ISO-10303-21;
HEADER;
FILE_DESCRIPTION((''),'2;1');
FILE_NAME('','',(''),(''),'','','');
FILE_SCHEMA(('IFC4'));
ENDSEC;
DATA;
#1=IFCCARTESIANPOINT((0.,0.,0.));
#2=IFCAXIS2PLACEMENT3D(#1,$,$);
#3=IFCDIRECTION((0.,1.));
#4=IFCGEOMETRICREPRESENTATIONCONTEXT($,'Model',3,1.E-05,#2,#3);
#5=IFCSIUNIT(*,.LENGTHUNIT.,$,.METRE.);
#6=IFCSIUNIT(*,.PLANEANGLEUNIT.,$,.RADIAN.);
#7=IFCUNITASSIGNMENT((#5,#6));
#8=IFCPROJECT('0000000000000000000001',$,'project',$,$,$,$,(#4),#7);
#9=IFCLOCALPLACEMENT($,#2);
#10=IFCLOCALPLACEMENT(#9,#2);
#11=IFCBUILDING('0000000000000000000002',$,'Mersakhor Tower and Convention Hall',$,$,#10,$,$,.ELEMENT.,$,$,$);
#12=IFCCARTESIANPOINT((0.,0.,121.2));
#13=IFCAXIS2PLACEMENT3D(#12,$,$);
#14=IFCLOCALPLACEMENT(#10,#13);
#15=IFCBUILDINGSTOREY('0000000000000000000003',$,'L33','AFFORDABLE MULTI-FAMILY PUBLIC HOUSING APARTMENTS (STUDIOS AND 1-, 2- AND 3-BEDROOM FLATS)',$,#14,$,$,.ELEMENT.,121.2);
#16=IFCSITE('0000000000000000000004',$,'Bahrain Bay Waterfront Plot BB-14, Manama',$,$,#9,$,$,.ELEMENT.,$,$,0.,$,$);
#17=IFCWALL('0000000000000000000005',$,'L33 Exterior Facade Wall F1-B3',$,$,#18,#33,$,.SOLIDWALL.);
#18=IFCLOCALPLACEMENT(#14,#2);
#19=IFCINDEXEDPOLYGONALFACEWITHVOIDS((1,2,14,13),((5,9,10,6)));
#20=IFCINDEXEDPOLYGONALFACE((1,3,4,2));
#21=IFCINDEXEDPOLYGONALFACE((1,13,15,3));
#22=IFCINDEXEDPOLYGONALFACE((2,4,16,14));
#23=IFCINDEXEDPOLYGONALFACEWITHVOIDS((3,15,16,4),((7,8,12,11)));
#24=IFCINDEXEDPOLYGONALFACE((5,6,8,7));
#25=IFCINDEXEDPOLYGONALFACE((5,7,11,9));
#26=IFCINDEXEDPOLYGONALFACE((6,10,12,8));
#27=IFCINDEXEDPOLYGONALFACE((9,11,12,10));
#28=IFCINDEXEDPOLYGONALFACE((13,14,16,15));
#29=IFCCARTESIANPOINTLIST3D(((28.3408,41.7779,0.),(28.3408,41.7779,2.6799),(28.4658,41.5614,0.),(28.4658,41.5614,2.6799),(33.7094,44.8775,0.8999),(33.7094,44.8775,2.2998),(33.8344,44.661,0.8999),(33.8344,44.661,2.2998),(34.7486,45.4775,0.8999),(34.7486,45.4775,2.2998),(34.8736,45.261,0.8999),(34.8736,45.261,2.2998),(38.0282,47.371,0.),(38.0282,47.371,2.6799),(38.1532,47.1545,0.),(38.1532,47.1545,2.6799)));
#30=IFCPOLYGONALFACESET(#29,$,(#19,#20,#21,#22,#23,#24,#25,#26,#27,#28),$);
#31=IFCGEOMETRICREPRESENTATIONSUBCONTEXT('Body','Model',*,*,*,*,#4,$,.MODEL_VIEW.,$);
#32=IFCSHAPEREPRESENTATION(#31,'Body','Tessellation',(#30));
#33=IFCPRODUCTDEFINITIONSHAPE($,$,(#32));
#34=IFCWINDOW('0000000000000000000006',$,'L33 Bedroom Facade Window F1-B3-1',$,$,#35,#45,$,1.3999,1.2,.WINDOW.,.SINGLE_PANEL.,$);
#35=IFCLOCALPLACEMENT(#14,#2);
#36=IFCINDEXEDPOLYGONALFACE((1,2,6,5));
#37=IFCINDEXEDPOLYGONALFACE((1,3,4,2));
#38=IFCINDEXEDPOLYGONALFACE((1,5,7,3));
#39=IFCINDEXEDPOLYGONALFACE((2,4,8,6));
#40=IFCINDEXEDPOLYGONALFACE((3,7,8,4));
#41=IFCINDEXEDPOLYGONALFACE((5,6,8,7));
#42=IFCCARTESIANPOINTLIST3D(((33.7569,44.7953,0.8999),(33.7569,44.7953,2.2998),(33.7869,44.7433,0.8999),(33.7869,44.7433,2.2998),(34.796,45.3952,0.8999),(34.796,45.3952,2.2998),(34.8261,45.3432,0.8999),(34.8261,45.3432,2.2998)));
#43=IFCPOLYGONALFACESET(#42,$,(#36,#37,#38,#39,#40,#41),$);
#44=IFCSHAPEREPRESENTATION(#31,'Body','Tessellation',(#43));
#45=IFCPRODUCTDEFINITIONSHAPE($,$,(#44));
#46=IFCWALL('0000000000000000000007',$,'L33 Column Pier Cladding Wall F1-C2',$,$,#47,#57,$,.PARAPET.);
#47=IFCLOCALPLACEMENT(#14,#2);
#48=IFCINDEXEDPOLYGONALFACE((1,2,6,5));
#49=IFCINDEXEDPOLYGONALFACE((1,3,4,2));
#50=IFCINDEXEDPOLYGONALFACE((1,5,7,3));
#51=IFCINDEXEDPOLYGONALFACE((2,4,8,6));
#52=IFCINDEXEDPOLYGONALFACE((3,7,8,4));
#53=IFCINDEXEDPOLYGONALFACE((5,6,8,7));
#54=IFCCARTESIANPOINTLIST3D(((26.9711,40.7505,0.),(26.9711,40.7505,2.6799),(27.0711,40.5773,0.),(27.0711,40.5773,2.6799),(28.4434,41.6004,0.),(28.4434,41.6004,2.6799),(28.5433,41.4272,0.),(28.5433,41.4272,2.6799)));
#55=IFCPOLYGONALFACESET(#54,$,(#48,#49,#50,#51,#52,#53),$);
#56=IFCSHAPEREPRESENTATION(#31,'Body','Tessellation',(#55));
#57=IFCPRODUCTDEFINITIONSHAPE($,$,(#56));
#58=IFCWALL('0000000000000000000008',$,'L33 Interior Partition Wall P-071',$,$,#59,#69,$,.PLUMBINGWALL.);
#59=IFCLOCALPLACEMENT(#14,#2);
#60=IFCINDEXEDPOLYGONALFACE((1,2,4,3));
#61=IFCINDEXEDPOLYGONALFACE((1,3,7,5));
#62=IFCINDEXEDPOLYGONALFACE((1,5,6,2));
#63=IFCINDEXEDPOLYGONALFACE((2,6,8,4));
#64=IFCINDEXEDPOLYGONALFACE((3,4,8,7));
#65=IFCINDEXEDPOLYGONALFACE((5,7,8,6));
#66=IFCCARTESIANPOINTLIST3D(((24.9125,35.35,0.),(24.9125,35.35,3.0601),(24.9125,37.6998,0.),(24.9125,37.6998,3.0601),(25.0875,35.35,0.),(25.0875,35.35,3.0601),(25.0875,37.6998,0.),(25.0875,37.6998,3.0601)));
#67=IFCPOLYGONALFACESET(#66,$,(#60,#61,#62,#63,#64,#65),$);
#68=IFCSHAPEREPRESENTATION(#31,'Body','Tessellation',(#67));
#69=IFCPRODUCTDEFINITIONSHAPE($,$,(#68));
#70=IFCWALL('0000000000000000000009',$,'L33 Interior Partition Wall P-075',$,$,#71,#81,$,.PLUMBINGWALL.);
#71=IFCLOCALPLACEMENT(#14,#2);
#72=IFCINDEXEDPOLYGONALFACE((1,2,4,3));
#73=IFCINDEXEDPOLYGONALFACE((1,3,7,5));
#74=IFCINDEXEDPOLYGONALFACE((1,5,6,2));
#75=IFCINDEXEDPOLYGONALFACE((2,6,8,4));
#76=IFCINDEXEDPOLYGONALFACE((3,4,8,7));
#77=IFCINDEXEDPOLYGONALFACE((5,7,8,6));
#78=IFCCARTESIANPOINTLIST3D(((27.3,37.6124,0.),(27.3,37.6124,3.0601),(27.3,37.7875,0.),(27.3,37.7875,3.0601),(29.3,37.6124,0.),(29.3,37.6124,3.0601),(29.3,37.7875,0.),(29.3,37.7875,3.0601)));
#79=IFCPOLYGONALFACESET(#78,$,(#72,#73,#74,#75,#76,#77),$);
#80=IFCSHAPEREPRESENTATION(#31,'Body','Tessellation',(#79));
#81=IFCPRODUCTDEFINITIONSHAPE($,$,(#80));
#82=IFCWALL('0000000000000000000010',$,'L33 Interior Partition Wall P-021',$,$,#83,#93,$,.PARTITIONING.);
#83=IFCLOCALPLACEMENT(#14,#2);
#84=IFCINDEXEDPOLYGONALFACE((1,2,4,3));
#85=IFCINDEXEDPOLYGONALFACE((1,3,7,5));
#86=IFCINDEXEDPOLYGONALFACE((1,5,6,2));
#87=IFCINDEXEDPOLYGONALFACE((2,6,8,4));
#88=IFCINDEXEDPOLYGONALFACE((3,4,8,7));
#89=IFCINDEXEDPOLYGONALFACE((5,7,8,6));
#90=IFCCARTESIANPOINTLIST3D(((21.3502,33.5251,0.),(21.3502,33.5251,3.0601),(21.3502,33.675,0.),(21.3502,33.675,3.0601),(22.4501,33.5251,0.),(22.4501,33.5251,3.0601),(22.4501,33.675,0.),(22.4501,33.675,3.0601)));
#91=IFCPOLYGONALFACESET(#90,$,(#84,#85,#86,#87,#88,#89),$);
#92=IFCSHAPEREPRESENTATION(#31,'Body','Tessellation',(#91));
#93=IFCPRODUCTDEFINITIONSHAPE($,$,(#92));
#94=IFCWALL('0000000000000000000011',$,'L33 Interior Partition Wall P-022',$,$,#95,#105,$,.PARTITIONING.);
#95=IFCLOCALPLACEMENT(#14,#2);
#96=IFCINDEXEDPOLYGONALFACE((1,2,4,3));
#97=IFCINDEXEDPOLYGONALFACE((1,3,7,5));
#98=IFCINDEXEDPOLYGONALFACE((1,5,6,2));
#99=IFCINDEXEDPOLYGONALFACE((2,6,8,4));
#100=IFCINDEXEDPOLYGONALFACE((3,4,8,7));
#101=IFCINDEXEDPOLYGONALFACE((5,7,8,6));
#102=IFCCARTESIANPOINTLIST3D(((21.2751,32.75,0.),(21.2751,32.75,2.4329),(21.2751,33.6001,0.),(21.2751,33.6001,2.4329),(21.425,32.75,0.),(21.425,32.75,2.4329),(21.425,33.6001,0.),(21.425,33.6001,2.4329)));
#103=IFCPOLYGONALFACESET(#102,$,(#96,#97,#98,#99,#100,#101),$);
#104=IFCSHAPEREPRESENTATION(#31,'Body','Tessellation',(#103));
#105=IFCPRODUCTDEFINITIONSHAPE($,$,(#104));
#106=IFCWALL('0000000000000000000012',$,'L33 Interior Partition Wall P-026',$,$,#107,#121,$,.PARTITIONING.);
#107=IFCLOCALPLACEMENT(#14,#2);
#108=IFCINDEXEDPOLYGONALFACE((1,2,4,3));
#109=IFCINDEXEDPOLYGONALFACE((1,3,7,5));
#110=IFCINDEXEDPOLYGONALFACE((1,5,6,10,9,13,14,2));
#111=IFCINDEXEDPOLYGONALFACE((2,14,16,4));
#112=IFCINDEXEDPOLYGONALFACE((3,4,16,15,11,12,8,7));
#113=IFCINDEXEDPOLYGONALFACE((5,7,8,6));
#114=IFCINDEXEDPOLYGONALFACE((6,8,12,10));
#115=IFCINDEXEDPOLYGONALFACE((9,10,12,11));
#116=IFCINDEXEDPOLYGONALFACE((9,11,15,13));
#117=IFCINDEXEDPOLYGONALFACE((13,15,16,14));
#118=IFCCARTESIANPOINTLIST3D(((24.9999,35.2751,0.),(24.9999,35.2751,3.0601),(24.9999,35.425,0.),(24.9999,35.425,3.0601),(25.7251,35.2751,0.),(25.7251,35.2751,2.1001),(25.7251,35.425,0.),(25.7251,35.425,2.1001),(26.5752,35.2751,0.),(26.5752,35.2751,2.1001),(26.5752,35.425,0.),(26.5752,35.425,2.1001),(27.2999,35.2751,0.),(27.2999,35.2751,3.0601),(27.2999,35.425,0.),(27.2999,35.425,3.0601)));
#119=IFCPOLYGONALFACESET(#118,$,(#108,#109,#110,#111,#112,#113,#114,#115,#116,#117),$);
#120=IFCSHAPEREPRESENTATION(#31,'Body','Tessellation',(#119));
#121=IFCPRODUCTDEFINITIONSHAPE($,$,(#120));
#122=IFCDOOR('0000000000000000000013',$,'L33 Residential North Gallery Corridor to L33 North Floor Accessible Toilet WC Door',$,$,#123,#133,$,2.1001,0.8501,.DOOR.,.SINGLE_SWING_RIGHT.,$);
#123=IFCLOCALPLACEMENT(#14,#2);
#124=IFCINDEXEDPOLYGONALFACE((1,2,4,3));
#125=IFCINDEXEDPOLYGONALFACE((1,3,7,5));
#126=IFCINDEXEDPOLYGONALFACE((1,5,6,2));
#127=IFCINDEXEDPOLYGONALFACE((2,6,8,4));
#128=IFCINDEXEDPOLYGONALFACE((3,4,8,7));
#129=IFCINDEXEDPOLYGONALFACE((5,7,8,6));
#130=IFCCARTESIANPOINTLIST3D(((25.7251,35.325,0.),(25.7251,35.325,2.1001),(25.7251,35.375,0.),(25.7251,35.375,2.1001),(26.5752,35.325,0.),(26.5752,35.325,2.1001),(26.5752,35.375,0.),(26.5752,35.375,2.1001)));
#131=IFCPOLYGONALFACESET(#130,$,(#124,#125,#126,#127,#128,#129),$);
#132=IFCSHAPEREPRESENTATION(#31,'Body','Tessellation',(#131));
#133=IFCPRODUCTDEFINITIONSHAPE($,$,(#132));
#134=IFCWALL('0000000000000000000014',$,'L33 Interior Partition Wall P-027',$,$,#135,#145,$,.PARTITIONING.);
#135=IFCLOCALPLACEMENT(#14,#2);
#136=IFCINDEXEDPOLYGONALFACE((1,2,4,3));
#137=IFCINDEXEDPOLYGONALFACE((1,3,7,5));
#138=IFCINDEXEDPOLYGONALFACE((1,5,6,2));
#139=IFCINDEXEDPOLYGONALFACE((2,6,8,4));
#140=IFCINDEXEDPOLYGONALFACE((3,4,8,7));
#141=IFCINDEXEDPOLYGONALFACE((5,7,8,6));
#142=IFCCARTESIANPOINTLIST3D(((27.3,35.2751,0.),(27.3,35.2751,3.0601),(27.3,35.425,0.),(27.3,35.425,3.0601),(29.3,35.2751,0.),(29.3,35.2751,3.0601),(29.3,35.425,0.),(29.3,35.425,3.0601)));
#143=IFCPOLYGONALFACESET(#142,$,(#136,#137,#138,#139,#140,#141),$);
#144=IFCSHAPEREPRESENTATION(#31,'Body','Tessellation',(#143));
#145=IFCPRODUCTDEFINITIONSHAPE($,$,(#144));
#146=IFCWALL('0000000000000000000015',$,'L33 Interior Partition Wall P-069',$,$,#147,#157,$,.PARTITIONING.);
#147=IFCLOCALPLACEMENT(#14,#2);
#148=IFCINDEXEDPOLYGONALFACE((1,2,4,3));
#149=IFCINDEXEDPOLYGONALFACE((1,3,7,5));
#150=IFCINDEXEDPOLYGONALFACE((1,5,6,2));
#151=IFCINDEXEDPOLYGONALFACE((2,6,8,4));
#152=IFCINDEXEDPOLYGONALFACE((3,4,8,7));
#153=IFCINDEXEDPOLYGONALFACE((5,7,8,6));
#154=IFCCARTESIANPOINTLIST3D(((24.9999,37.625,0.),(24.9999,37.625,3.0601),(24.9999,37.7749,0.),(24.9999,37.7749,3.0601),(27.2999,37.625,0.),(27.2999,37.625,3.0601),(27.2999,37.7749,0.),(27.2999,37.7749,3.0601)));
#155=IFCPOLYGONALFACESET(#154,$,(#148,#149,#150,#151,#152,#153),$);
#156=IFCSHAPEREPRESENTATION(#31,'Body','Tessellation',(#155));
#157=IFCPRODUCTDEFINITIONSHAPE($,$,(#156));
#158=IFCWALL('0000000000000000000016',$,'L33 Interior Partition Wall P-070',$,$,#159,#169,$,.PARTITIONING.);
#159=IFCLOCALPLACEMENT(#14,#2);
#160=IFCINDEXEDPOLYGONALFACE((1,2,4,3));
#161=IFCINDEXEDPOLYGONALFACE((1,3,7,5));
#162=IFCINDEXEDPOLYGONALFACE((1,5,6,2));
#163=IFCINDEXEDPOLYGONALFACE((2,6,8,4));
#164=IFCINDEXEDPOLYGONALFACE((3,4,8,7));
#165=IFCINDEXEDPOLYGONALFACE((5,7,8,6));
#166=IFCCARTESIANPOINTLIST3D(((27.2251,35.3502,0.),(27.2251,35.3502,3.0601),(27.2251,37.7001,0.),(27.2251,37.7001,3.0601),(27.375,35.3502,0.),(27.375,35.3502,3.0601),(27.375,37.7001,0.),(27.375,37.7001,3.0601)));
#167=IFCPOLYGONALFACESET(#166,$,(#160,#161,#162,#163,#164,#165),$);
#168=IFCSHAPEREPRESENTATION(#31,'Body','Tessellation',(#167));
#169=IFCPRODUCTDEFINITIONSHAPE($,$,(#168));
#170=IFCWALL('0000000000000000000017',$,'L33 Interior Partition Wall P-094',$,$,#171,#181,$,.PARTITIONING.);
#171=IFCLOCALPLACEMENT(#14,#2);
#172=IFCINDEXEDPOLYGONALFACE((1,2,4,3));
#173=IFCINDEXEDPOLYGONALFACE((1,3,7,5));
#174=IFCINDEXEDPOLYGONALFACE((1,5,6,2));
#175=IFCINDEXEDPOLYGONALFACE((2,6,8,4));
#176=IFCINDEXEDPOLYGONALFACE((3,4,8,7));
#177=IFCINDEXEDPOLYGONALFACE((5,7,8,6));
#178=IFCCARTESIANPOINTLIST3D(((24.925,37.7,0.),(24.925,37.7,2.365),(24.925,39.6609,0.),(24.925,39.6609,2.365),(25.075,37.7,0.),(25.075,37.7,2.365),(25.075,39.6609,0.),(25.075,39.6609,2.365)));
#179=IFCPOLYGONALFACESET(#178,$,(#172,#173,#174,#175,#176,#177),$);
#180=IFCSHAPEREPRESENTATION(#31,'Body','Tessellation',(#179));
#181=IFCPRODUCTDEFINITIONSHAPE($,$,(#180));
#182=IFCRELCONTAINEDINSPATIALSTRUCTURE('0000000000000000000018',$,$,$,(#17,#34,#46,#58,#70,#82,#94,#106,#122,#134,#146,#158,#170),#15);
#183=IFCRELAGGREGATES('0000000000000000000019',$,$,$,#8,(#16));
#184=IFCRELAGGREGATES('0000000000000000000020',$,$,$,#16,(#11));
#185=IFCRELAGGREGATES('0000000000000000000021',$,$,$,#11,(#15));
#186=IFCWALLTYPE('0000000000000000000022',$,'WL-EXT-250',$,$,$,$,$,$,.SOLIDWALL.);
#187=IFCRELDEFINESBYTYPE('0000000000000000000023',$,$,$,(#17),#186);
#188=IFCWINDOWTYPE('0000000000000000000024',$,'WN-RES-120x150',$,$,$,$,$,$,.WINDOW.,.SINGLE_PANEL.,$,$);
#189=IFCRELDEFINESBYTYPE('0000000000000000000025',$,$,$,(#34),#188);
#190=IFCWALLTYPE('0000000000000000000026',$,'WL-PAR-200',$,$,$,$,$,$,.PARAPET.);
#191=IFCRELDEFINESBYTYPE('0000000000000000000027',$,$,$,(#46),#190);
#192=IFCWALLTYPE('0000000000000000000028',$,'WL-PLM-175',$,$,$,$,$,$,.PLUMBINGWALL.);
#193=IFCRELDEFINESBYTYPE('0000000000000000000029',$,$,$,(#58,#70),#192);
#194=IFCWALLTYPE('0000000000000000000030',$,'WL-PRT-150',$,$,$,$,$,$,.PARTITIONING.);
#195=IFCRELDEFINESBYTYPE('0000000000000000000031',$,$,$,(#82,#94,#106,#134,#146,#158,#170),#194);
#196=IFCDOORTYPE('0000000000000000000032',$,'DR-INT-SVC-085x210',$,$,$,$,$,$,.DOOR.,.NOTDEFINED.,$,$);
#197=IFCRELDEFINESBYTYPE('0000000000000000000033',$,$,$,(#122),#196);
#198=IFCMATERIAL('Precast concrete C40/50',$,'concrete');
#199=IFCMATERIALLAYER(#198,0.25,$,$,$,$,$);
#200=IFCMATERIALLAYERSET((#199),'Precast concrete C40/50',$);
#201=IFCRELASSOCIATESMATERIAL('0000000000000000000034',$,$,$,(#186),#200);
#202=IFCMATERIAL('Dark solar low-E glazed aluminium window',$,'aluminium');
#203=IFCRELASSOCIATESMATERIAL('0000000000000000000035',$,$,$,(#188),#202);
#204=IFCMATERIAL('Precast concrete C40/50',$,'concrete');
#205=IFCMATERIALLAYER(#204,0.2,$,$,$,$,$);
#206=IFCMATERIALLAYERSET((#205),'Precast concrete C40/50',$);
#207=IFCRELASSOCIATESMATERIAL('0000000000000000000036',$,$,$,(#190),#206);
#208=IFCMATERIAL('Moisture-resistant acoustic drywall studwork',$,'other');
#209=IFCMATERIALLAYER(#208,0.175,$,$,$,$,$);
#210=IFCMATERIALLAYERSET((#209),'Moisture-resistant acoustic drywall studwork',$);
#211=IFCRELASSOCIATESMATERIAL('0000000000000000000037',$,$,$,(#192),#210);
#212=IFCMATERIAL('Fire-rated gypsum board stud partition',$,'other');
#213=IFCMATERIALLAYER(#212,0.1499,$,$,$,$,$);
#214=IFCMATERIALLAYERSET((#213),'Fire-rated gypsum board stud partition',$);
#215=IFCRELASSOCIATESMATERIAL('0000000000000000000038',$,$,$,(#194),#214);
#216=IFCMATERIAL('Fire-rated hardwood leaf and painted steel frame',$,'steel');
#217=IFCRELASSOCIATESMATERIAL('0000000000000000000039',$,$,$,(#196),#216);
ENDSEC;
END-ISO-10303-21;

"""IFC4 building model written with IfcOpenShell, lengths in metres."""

from ifc_helpers import new_model, si_unit, direction, frame, frame_2d, origin, place, context, subcontext, project, spatial, rectangle, extrude, material, layer, layer_set, type_object, element, fill, save


model = new_model("IFC4")

# Units and contexts
model_context = context("Model", 3, precision=1e-05, world=origin(), true_north=direction((0.0, 1.0)))
body_context = subcontext(model_context, "Body", "Model", "MODEL_VIEW")
ifc_project = project(units=[si_unit("LENGTHUNIT", "METRE"), si_unit("PLANEANGLEUNIT", "RADIAN")], contexts=[model_context])

# Site, building, storey
site_placement = place(None, origin())
site = spatial("IfcSite", under=ifc_project, at=site_placement, Name="Bahrain Bay Waterfront Plot BB-14, Manama", CompositionType="ELEMENT", RefElevation=0.0)
building_placement = place(site_placement, origin())
building = spatial("IfcBuilding", under=site, at=building_placement, Name="Mersakhor Tower and Convention Hall", CompositionType="ELEMENT")
storey_placement = place(building_placement, frame((0.0, 0.0, 121.2)))
storey = spatial("IfcBuildingStorey", under=building, at=storey_placement, Name="L33", Description="AFFORDABLE MULTI-FAMILY PUBLIC HOUSING APARTMENTS (STUDIOS AND 1-, 2- AND 3-BEDROOM FLATS)", CompositionType="ELEMENT", Elevation=121.2)

# Wall, opening, window
ifc_material_1 = material(Name="Precast concrete C40/50", Category="concrete")
ifc_layer_1 = layer(ifc_material_1, 0.25)
ifc_layer_set_1 = layer_set([ifc_layer_1], Name="Precast concrete C40/50")
wall_type_1 = type_object("IfcWallType", Name="WL-EXT-250", PredefinedType="SOLIDWALL", material=ifc_layer_set_1)
wall_1_placement = place(storey_placement, frame((28.4033, 41.6697, 0.0), z_axis=(0.0, 0.0, 1.0), x_axis=(0.866022, 0.500005, 0.0)))
wall_1 = element("IfcWall", 1, at=wall_1_placement, inside=storey, type_object=wall_type_1, Name="L33 Exterior Facade Wall F1-B3", PredefinedType="SOLIDWALL", context=body_context, shape_type="SweptSolid", body=[
    extrude(rectangle(XDim=11.186, YDim=0.25, at=frame_2d((5.593, 0.0))), origin(), (0.0, 0.0, 1.0), 2.6799),
])
opening_1_placement = place(wall_1_placement, frame((6.199, 0.0, 0.8999)))
opening_1 = element("IfcOpeningElement", 2, at=opening_1_placement, cuts=wall_1, PredefinedType="OPENING", context=body_context, shape_type="SweptSolid", body=[
    extrude(rectangle(XDim=1.2, YDim=1.3999, at=frame_2d((0.6001, 0.7))), frame((0.0, 0.135, 0.0), z_axis=(0.0, -1.0, 0.0), x_axis=(1.0, 0.0, 0.0)), (0.0, 0.0, 1.0), 0.27),
])
ifc_material_2 = material(Name="Dark solar low-E glazed aluminium window", Category="aluminium")
window_type = type_object("IfcWindowType", Name="WN-RES-120x150", PartitioningType="SINGLE_PANEL", PredefinedType="WINDOW", material=ifc_material_2)
window_placement = place(opening_1_placement, origin())
window = element("IfcWindow", 3, at=window_placement, inside=storey, type_object=window_type, Name="L33 Bedroom Facade Window F1-B3-1", OverallHeight=1.3999, OverallWidth=1.2, PartitioningType="SINGLE_PANEL", PredefinedType="WINDOW", context=body_context, shape_type="SweptSolid", body=[
    extrude(rectangle(XDim=1.2, YDim=1.3999, at=frame_2d((0.6001, 0.7))), frame((0.0, 0.03, 0.0), z_axis=(0.0, -1.0, 0.0), x_axis=(1.0, 0.0, 0.0)), (0.0, 0.0, 1.0), 0.0601),
])
fill(opening_1, window)

# Walls
ifc_material_3 = material(Name="Precast concrete C40/50", Category="concrete")
ifc_layer_2 = layer(ifc_material_3, 0.2)
ifc_layer_set_2 = layer_set([ifc_layer_2], Name="Precast concrete C40/50")
wall_type_2 = type_object("IfcWallType", Name="WL-PAR-200", PredefinedType="PARAPET", material=ifc_layer_set_2)
wall_2_placement = place(storey_placement, frame((27.021, 40.6638, 0.0), z_axis=(0.0, 0.0, 1.0), x_axis=(0.866052, 0.499955, 0.0)))
element("IfcWall", 4, at=wall_2_placement, inside=storey, type_object=wall_type_2, Name="L33 Column Pier Cladding Wall F1-C2", PredefinedType="PARAPET", context=body_context, shape_type="SweptSolid", body=[
    extrude(rectangle(XDim=1.7, YDim=0.2, at=frame_2d((0.8501, 0.0))), origin(), (0.0, 0.0, 1.0), 2.6799),
])
ifc_material_4 = material(Name="Moisture-resistant acoustic drywall studwork", Category="other")
ifc_layer_3 = layer(ifc_material_4, 0.175)
ifc_layer_set_3 = layer_set([ifc_layer_3], Name="Moisture-resistant acoustic drywall studwork")
wall_type_3 = type_object("IfcWallType", Name="WL-PLM-175", PredefinedType="PLUMBINGWALL", material=ifc_layer_set_3)
wall_3_placement = place(storey_placement, frame((25.0, 35.3501, 0.0), z_axis=(0.0, 0.0, 1.0), x_axis=(0.0, 1.0, 0.0)))
element("IfcWall", 5, at=wall_3_placement, inside=storey, type_object=wall_type_3, Name="L33 Interior Partition Wall P-071", PredefinedType="PLUMBINGWALL", context=body_context, shape_type="SweptSolid", body=[
    extrude(rectangle(XDim=2.3499, YDim=0.175, at=frame_2d((1.1748, 0.0))), origin(), (0.0, 0.0, 1.0), 3.0601),
])
wall_4_placement = place(storey_placement, frame((27.3, 37.7, 0.0), z_axis=(0.0, 0.0, 1.0), x_axis=(1.0, 0.0, 0.0)))
element("IfcWall", 6, at=wall_4_placement, inside=storey, type_object=wall_type_3, Name="L33 Interior Partition Wall P-075", PredefinedType="PLUMBINGWALL", context=body_context, shape_type="SweptSolid", body=[
    extrude(rectangle(XDim=2.0, YDim=0.175, at=frame_2d((1.0, 0.0))), origin(), (0.0, 0.0, 1.0), 3.0601),
])
ifc_material_5 = material(Name="Fire-rated gypsum board stud partition", Category="other")
ifc_layer_4 = layer(ifc_material_5, 0.1499)
ifc_layer_set_4 = layer_set([ifc_layer_4], Name="Fire-rated gypsum board stud partition")
wall_type_4 = type_object("IfcWallType", Name="WL-PRT-150", PredefinedType="PARTITIONING", material=ifc_layer_set_4)
wall_5_placement = place(storey_placement, frame((22.45, 33.6001, 0.0), z_axis=(0.0, 0.0, 1.0), x_axis=(-1.0, 0.0, 0.0)))
element("IfcWall", 7, at=wall_5_placement, inside=storey, type_object=wall_type_4, Name="L33 Interior Partition Wall P-021", PredefinedType="PARTITIONING", context=body_context, shape_type="SweptSolid", body=[
    extrude(rectangle(XDim=1.0999, YDim=0.1499, at=frame_2d((0.5498, 0.0))), origin(), (0.0, 0.0, 1.0), 3.0601),
])
wall_6_placement = place(storey_placement, frame((21.3501, 33.6001, 0.0), z_axis=(0.0, 0.0, 1.0), x_axis=(0.0, -1.0, 0.0)))
element("IfcWall", 8, at=wall_6_placement, inside=storey, type_object=wall_type_4, Name="L33 Interior Partition Wall P-022", PredefinedType="PARTITIONING", context=body_context, shape_type="SweptSolid", body=[
    extrude(rectangle(XDim=0.8501, YDim=0.1499, at=frame_2d((0.425, 0.0))), origin(), (0.0, 0.0, 1.0), 2.4329),
])

# Wall, opening, door
wall_7_placement = place(storey_placement, frame((25.0, 35.3501, 0.0), z_axis=(0.0, 0.0, 1.0), x_axis=(1.0, 0.0, 0.0)))
wall_7 = element("IfcWall", 9, at=wall_7_placement, inside=storey, type_object=wall_type_4, Name="L33 Interior Partition Wall P-026", PredefinedType="PARTITIONING", context=body_context, shape_type="SweptSolid", body=[
    extrude(rectangle(XDim=2.3, YDim=0.1499, at=frame_2d((1.1499, 0.0))), origin(), (0.0, 0.0, 1.0), 3.0601),
])
opening_2_placement = place(wall_7_placement, frame((0.7251, 0.0, 0.0)))
opening_2 = element("IfcOpeningElement", 10, at=opening_2_placement, cuts=wall_7, PredefinedType="OPENING", context=body_context, shape_type="SweptSolid", body=[
    extrude(rectangle(XDim=0.8501, YDim=2.1001, at=frame_2d((0.425, 1.05))), frame((0.0, 0.085, 0.0), z_axis=(0.0, -1.0, 0.0), x_axis=(1.0, 0.0, 0.0)), (0.0, 0.0, 1.0), 0.1699),
])
ifc_material_6 = material(Name="Fire-rated hardwood leaf and painted steel frame", Category="steel")
door_type = type_object("IfcDoorType", Name="DR-INT-SVC-085x210", OperationType="NOTDEFINED", PredefinedType="DOOR", material=ifc_material_6)
door_placement = place(opening_2_placement, origin())
door = element("IfcDoor", 11, at=door_placement, inside=storey, type_object=door_type, Name="L33 Residential North Gallery Corridor to L33 North Floor Accessible Toilet WC Door", OperationType="SINGLE_SWING_RIGHT", OverallHeight=2.1001, OverallWidth=0.8501, PredefinedType="DOOR", context=body_context, shape_type="SweptSolid", body=[
    extrude(rectangle(XDim=0.8501, YDim=2.1001, at=frame_2d((0.425, 1.05))), frame((0.0, 0.0249, 0.0), z_axis=(0.0, -1.0, 0.0), x_axis=(1.0, 0.0, 0.0)), (0.0, 0.0, 1.0), 0.05),
])
fill(opening_2, door)

# Walls
wall_8_placement = place(storey_placement, frame((27.3, 35.3501, 0.0), z_axis=(0.0, 0.0, 1.0), x_axis=(1.0, 0.0, 0.0)))
element("IfcWall", 12, at=wall_8_placement, inside=storey, type_object=wall_type_4, Name="L33 Interior Partition Wall P-027", PredefinedType="PARTITIONING", context=body_context, shape_type="SweptSolid", body=[
    extrude(rectangle(XDim=2.0, YDim=0.1499, at=frame_2d((1.0, 0.0))), origin(), (0.0, 0.0, 1.0), 3.0601),
])
wall_9_placement = place(storey_placement, frame((25.0, 37.7, 0.0), z_axis=(0.0, 0.0, 1.0), x_axis=(1.0, 0.0, 0.0)))
element("IfcWall", 13, at=wall_9_placement, inside=storey, type_object=wall_type_4, Name="L33 Interior Partition Wall P-069", PredefinedType="PARTITIONING", context=body_context, shape_type="SweptSolid", body=[
    extrude(rectangle(XDim=2.3, YDim=0.1499, at=frame_2d((1.1499, 0.0))), origin(), (0.0, 0.0, 1.0), 3.0601),
])
wall_10_placement = place(storey_placement, frame((27.3, 37.7, 0.0), z_axis=(0.0, 0.0, 1.0), x_axis=(0.0, -1.0, 0.0)))
element("IfcWall", 14, at=wall_10_placement, inside=storey, type_object=wall_type_4, Name="L33 Interior Partition Wall P-070", PredefinedType="PARTITIONING", context=body_context, shape_type="SweptSolid", body=[
    extrude(rectangle(XDim=2.3499, YDim=0.1499, at=frame_2d((1.1748, 0.0))), origin(), (0.0, 0.0, 1.0), 3.0601),
])
wall_11_placement = place(storey_placement, frame((25.0, 39.6609, 0.0), z_axis=(0.0, 0.0, 1.0), x_axis=(0.0, -1.0, 0.0)))
element("IfcWall", 15, at=wall_11_placement, inside=storey, type_object=wall_type_4, Name="L33 Interior Partition Wall P-094", PredefinedType="PARTITIONING", context=body_context, shape_type="SweptSolid", body=[
    extrude(rectangle(XDim=1.9609, YDim=0.1499, at=frame_2d((0.9805, 0.0))), origin(), (0.0, 0.0, 1.0), 2.365),
])

save(model, "model.ifc")
